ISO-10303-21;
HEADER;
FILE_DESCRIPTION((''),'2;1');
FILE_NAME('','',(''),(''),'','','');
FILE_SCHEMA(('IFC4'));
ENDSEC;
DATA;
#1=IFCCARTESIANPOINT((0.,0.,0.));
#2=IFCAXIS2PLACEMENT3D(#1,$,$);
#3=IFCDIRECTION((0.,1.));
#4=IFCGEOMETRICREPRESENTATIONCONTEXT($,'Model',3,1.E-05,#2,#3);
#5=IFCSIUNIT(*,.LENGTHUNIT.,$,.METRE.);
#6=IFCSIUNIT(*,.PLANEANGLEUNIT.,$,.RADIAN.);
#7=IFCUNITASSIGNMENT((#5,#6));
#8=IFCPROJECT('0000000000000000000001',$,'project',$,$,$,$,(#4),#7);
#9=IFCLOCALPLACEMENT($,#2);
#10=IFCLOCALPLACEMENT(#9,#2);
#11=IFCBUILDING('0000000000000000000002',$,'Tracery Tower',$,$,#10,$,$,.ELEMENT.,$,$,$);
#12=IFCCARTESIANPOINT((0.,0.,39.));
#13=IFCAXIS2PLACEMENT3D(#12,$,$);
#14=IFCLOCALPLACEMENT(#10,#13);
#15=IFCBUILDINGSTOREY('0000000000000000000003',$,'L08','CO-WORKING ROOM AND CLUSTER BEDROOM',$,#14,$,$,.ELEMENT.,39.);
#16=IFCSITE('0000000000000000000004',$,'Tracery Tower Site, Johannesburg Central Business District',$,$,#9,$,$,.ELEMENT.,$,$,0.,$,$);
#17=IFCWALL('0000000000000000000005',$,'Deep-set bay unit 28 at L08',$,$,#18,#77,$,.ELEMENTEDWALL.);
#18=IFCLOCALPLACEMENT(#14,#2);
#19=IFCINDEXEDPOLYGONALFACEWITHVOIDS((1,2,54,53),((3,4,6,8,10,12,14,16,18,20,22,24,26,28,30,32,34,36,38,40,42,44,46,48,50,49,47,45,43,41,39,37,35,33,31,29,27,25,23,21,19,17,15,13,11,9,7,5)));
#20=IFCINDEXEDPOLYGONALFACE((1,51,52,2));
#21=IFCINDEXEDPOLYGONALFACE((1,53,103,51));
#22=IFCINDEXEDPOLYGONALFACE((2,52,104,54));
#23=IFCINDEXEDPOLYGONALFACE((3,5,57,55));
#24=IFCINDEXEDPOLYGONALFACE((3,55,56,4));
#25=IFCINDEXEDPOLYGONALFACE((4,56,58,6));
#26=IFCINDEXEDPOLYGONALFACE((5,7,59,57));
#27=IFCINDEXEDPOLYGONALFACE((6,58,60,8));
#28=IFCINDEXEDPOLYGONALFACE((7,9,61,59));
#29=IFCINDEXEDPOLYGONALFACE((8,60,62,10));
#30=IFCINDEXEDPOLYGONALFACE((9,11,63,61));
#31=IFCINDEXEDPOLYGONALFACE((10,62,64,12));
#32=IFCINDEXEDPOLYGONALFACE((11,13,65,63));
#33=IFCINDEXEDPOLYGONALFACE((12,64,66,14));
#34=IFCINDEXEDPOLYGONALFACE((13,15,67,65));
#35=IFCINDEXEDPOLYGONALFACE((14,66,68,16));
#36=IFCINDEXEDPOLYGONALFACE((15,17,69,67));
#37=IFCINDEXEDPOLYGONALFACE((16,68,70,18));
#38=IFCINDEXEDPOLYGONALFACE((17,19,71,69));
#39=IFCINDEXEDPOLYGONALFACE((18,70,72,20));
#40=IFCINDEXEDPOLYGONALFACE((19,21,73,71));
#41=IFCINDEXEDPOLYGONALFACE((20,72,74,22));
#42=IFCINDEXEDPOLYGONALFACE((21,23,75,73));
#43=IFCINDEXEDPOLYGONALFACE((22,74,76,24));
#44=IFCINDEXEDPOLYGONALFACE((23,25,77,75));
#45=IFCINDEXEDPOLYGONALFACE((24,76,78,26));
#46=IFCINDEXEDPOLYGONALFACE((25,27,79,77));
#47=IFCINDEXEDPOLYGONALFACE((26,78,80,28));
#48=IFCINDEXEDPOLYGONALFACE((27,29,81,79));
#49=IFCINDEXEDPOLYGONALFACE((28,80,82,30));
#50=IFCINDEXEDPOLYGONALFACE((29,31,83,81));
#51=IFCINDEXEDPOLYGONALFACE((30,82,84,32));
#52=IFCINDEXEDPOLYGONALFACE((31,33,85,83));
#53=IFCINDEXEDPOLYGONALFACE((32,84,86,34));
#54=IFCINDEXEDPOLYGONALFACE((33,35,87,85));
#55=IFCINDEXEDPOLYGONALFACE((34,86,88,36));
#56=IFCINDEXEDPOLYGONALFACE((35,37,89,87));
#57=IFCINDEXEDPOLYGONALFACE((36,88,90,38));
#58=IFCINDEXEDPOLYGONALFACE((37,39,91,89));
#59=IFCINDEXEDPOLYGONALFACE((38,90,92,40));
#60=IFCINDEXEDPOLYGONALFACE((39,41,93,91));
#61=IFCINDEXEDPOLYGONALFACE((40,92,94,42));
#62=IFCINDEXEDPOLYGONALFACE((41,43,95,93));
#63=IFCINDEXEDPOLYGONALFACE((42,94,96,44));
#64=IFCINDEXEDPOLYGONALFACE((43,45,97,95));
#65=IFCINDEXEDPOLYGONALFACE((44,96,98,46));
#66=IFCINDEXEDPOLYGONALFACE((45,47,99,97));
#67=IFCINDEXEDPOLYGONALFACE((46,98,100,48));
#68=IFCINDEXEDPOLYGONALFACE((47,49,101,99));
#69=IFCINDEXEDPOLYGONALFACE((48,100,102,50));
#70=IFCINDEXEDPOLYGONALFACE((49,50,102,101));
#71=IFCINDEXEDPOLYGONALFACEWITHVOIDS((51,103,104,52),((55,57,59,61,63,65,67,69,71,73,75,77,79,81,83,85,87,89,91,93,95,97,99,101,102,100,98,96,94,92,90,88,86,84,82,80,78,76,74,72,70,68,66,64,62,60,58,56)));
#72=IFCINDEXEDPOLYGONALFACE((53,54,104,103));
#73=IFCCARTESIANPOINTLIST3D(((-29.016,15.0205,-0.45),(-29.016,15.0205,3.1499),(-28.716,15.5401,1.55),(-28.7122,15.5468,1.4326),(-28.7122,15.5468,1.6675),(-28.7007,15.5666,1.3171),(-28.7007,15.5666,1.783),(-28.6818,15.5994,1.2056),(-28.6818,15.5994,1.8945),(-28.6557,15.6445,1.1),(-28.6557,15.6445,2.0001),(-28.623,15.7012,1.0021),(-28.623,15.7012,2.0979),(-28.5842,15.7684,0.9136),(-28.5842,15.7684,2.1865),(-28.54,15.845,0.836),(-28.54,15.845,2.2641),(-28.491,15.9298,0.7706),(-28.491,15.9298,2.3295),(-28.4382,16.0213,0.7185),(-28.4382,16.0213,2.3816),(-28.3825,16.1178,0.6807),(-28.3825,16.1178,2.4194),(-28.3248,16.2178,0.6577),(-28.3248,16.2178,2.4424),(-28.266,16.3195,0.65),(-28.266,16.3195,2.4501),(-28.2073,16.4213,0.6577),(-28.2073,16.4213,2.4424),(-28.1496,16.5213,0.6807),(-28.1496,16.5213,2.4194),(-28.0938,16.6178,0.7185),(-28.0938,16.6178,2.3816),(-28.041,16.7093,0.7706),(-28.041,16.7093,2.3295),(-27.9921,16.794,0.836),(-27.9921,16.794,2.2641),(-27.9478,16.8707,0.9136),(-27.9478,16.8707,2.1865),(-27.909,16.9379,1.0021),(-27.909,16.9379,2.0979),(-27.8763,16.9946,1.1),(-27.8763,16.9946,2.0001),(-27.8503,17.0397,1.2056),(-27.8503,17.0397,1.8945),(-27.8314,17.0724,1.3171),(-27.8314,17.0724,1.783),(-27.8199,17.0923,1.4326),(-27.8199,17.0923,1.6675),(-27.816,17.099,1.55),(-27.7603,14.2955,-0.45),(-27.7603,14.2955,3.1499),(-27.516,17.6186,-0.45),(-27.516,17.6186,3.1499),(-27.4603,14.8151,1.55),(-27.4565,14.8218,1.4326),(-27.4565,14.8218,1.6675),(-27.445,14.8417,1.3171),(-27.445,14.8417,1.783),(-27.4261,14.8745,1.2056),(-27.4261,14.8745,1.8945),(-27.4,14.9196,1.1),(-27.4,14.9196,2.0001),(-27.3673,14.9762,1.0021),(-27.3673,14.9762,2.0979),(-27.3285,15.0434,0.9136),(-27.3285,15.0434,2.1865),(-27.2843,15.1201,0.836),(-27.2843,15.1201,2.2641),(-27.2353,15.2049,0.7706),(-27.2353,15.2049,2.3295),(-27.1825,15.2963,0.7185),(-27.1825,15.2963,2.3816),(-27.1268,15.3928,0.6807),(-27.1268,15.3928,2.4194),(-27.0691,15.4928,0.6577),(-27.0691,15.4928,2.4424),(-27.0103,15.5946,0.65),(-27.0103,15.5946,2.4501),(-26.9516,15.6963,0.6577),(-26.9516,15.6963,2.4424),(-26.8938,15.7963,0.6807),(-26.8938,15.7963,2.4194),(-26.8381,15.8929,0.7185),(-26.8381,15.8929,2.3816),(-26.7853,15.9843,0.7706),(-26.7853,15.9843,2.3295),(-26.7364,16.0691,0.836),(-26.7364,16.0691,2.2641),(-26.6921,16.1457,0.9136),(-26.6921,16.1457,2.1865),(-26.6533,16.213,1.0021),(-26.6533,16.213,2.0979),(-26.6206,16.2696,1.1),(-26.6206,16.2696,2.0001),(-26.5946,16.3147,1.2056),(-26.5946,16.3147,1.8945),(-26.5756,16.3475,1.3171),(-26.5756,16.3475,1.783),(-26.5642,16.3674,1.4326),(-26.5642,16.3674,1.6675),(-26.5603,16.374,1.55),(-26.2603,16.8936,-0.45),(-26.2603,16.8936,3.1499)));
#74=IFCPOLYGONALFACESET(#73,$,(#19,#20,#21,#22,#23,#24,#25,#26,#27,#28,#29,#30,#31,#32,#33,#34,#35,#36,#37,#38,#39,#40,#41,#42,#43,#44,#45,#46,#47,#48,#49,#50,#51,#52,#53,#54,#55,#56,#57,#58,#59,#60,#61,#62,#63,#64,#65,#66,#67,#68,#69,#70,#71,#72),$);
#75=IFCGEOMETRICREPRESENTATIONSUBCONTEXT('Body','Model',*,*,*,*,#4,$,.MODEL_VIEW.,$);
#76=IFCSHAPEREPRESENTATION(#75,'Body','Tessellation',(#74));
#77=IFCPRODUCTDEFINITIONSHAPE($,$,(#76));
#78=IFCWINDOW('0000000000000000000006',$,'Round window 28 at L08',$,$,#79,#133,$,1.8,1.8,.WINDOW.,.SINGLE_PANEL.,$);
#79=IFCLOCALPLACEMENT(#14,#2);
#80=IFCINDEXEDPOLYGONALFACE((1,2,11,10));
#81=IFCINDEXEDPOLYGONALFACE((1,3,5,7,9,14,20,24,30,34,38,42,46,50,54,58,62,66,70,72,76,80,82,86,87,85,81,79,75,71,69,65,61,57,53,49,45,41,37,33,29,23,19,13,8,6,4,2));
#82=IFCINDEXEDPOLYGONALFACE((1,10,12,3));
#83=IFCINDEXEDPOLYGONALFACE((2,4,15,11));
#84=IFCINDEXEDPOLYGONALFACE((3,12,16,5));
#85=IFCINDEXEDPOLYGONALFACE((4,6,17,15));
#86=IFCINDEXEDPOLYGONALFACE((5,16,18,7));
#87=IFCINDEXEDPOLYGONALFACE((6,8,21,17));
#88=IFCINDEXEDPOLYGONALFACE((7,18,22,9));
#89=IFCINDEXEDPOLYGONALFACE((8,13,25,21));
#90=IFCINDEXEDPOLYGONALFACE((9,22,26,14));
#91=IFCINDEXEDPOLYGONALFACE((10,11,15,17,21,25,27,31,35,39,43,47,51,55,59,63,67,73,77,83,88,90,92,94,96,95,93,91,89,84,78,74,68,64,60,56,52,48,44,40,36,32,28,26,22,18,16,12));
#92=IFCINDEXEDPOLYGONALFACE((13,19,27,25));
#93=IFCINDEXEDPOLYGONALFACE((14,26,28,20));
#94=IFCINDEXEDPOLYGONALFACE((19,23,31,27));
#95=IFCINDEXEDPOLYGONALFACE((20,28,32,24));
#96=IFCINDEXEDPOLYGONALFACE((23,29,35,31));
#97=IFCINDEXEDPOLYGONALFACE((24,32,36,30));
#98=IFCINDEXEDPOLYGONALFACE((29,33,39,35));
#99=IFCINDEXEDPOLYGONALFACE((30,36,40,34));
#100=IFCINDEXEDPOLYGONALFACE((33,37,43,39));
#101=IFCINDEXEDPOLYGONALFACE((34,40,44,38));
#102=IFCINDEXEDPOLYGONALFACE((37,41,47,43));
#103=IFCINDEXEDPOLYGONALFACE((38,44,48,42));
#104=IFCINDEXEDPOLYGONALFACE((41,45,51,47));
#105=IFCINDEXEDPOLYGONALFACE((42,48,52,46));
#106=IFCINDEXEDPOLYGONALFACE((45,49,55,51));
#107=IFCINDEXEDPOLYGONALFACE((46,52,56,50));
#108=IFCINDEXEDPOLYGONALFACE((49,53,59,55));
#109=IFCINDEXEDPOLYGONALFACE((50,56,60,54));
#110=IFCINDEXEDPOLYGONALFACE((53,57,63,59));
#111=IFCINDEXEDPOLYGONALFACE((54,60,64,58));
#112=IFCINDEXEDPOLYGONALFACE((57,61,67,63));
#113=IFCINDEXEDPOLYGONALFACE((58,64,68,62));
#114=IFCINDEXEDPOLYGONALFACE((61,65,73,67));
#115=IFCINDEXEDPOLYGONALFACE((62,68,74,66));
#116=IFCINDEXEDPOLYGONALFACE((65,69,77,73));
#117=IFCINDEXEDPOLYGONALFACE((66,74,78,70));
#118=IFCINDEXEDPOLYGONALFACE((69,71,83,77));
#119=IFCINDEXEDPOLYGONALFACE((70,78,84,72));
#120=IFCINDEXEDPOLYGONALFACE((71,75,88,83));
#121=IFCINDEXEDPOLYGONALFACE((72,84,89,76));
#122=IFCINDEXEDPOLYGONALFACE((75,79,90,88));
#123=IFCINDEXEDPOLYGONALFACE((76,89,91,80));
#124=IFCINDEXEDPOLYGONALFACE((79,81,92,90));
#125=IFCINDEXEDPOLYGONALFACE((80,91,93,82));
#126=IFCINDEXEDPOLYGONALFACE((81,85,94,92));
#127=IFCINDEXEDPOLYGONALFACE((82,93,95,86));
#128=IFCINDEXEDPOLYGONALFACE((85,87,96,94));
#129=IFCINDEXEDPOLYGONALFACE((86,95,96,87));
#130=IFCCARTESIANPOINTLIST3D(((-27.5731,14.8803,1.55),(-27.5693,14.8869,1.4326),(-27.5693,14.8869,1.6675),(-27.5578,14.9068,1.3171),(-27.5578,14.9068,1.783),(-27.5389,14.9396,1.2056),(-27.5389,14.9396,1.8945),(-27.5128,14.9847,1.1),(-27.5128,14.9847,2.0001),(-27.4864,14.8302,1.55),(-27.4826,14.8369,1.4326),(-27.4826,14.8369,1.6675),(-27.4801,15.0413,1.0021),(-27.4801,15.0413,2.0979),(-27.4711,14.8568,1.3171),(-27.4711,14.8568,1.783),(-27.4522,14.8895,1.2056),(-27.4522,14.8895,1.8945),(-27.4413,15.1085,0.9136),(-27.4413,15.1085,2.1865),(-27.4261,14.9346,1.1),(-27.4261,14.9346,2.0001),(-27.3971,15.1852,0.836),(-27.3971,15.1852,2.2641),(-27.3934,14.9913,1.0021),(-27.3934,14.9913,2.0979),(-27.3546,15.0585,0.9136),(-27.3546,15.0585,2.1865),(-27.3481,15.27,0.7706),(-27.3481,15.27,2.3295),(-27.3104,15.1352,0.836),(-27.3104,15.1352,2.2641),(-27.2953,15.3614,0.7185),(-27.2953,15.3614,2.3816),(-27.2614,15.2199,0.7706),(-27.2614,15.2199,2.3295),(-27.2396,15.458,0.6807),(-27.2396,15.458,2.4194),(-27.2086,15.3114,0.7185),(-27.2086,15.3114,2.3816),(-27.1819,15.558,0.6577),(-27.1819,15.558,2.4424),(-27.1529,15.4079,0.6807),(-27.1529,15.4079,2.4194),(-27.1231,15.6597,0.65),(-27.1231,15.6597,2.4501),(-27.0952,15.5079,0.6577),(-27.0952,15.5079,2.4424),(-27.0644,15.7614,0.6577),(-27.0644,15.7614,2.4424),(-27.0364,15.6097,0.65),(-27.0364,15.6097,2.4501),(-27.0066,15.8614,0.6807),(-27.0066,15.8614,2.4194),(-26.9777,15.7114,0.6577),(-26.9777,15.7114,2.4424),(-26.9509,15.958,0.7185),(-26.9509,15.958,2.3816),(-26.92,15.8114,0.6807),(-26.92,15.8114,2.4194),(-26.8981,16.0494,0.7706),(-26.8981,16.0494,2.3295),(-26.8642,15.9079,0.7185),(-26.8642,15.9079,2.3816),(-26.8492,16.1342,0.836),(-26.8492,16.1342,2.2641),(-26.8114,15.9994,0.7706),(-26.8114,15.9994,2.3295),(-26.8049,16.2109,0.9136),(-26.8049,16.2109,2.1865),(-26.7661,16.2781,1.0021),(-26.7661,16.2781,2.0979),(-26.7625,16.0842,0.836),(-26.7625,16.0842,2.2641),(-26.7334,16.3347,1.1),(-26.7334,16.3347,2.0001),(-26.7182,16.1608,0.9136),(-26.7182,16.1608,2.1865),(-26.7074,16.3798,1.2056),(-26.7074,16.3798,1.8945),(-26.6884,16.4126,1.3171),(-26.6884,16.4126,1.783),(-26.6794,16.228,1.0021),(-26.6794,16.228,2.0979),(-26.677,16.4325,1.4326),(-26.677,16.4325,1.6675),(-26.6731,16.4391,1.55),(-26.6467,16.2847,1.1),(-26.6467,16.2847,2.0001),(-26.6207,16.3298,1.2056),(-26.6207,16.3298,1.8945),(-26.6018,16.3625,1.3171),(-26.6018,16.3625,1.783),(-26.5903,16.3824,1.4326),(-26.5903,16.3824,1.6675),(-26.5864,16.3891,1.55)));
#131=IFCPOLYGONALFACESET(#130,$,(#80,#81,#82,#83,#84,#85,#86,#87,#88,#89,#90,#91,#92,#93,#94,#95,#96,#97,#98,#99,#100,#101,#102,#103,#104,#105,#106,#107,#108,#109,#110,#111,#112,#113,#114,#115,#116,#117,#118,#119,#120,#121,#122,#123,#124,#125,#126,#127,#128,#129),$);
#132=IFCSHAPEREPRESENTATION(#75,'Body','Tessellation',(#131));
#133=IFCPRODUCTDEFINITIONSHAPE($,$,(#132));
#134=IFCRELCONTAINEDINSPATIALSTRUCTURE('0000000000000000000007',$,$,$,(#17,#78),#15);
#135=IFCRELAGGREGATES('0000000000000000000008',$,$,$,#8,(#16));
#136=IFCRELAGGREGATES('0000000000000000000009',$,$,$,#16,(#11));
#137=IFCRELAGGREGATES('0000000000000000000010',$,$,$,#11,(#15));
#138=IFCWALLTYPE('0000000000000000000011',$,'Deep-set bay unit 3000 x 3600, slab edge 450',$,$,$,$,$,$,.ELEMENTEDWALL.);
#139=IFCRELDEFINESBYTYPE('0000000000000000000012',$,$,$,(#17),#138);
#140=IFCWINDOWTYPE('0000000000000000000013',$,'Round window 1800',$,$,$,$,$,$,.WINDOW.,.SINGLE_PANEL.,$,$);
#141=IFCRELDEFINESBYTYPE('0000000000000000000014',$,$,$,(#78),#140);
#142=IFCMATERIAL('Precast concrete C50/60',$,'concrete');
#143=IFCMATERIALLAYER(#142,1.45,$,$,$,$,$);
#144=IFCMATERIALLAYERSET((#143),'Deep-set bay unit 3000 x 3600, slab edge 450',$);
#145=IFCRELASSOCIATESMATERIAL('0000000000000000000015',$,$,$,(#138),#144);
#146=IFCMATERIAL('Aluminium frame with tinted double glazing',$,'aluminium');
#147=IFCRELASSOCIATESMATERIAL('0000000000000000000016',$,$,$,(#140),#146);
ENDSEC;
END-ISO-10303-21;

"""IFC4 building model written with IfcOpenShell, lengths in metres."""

from ifc_helpers import new_model, si_unit, direction, frame, frame_2d, origin, origin_2d, place, context, subcontext, project, spatial, rectangle, circle, extrude, material, layer, layer_set, type_object, element, fill, save


model = new_model("IFC4")

# Units and contexts
model_context = context("Model", 3, precision=1e-05, world=origin(), true_north=direction((0.0, 1.0)))
body_context = subcontext(model_context, "Body", "Model", "MODEL_VIEW")
ifc_project = project(units=[si_unit("LENGTHUNIT", "METRE"), si_unit("PLANEANGLEUNIT", "RADIAN")], contexts=[model_context])

# Site, building, storey
site_placement = place(None, origin())
site = spatial("IfcSite", under=ifc_project, at=site_placement, Name="Tracery Tower Site, Johannesburg Central Business District", CompositionType="ELEMENT", RefElevation=0.0)
building_placement = place(site_placement, origin())
building = spatial("IfcBuilding", under=site, at=building_placement, Name="Tracery Tower", CompositionType="ELEMENT")
storey_placement = place(building_placement, frame((0.0, 0.0, 39.0)))
storey = spatial("IfcBuildingStorey", under=building, at=storey_placement, Name="L08", Description="CO-WORKING ROOM AND CLUSTER BEDROOM", CompositionType="ELEMENT", Elevation=39.0)

# Wall, opening, window
ifc_material_1 = material(Name="Precast concrete C50/60", Category="concrete")
ifc_layer_1 = layer(ifc_material_1, 1.45)
ifc_layer_set_1 = layer_set([ifc_layer_1], Name="Deep-set bay unit 3000 x 3600, slab edge 450")
wall_type_1 = type_object("IfcWallType", Name="Deep-set bay unit 3000 x 3600, slab edge 450", PredefinedType="ELEMENTEDWALL", material=ifc_layer_set_1)
ifc_material_2 = material(Name="Aluminium frame with tinted double glazing", Category="aluminium")
window_type = type_object("IfcWindowType", Name="Round window 1800", PartitioningType="SINGLE_PANEL", PredefinedType="WINDOW", material=ifc_material_2)
wall_1_placement = place(storey_placement, frame((-26.8882, 17.2561, -0.45), z_axis=(0.0, 0.0, 1.0), x_axis=(-0.49999, -0.866031, 0.0)))
wall_1 = element("IfcWall", 1, at=wall_1_placement, inside=storey, type_object=wall_type_1, Name="Deep-set bay unit 28 at L08", PredefinedType="ELEMENTEDWALL", context=body_context, shape_type="SweptSolid", body=[
    extrude(rectangle(XDim=3.0, YDim=1.45, at=frame_2d((1.5, 0.0))), origin(), (0.0, 0.0, 1.0), 3.5999),
])
opening_1_placement = place(wall_1_placement, frame((1.5, 0.0, 2.0)))
opening_1 = element("IfcOpeningElement", 2, at=opening_1_placement, cuts=wall_1, PredefinedType="OPENING", context=body_context, shape_type="SweptSolid", body=[
    extrude(circle(Radius=0.9, at=origin_2d()), frame((0.0, 0.7349, 0.0), z_axis=(0.0, -1.0, 0.0), x_axis=(1.0, 0.0, 0.0)), (0.0, 0.0, 1.0), 1.47),
])
window_1_placement = place(opening_1_placement, origin())
window_1 = element("IfcWindow", 3, at=window_1_placement, inside=storey, type_object=window_type, Name="Round window 28 at L08", OverallHeight=1.8, OverallWidth=1.8, PartitioningType="SINGLE_PANEL", PredefinedType="WINDOW", context=body_context, shape_type="SweptSolid", body=[
    extrude(circle(Radius=0.9, at=origin_2d()), frame((0.0, 0.6948, 0.0), z_axis=(0.0, -1.0, 0.0), x_axis=(1.0, 0.0, 0.0)), (0.0, 0.0, 1.0), 0.1001),
])
fill(opening_1, window_1)

save(model, "model.ifc")
